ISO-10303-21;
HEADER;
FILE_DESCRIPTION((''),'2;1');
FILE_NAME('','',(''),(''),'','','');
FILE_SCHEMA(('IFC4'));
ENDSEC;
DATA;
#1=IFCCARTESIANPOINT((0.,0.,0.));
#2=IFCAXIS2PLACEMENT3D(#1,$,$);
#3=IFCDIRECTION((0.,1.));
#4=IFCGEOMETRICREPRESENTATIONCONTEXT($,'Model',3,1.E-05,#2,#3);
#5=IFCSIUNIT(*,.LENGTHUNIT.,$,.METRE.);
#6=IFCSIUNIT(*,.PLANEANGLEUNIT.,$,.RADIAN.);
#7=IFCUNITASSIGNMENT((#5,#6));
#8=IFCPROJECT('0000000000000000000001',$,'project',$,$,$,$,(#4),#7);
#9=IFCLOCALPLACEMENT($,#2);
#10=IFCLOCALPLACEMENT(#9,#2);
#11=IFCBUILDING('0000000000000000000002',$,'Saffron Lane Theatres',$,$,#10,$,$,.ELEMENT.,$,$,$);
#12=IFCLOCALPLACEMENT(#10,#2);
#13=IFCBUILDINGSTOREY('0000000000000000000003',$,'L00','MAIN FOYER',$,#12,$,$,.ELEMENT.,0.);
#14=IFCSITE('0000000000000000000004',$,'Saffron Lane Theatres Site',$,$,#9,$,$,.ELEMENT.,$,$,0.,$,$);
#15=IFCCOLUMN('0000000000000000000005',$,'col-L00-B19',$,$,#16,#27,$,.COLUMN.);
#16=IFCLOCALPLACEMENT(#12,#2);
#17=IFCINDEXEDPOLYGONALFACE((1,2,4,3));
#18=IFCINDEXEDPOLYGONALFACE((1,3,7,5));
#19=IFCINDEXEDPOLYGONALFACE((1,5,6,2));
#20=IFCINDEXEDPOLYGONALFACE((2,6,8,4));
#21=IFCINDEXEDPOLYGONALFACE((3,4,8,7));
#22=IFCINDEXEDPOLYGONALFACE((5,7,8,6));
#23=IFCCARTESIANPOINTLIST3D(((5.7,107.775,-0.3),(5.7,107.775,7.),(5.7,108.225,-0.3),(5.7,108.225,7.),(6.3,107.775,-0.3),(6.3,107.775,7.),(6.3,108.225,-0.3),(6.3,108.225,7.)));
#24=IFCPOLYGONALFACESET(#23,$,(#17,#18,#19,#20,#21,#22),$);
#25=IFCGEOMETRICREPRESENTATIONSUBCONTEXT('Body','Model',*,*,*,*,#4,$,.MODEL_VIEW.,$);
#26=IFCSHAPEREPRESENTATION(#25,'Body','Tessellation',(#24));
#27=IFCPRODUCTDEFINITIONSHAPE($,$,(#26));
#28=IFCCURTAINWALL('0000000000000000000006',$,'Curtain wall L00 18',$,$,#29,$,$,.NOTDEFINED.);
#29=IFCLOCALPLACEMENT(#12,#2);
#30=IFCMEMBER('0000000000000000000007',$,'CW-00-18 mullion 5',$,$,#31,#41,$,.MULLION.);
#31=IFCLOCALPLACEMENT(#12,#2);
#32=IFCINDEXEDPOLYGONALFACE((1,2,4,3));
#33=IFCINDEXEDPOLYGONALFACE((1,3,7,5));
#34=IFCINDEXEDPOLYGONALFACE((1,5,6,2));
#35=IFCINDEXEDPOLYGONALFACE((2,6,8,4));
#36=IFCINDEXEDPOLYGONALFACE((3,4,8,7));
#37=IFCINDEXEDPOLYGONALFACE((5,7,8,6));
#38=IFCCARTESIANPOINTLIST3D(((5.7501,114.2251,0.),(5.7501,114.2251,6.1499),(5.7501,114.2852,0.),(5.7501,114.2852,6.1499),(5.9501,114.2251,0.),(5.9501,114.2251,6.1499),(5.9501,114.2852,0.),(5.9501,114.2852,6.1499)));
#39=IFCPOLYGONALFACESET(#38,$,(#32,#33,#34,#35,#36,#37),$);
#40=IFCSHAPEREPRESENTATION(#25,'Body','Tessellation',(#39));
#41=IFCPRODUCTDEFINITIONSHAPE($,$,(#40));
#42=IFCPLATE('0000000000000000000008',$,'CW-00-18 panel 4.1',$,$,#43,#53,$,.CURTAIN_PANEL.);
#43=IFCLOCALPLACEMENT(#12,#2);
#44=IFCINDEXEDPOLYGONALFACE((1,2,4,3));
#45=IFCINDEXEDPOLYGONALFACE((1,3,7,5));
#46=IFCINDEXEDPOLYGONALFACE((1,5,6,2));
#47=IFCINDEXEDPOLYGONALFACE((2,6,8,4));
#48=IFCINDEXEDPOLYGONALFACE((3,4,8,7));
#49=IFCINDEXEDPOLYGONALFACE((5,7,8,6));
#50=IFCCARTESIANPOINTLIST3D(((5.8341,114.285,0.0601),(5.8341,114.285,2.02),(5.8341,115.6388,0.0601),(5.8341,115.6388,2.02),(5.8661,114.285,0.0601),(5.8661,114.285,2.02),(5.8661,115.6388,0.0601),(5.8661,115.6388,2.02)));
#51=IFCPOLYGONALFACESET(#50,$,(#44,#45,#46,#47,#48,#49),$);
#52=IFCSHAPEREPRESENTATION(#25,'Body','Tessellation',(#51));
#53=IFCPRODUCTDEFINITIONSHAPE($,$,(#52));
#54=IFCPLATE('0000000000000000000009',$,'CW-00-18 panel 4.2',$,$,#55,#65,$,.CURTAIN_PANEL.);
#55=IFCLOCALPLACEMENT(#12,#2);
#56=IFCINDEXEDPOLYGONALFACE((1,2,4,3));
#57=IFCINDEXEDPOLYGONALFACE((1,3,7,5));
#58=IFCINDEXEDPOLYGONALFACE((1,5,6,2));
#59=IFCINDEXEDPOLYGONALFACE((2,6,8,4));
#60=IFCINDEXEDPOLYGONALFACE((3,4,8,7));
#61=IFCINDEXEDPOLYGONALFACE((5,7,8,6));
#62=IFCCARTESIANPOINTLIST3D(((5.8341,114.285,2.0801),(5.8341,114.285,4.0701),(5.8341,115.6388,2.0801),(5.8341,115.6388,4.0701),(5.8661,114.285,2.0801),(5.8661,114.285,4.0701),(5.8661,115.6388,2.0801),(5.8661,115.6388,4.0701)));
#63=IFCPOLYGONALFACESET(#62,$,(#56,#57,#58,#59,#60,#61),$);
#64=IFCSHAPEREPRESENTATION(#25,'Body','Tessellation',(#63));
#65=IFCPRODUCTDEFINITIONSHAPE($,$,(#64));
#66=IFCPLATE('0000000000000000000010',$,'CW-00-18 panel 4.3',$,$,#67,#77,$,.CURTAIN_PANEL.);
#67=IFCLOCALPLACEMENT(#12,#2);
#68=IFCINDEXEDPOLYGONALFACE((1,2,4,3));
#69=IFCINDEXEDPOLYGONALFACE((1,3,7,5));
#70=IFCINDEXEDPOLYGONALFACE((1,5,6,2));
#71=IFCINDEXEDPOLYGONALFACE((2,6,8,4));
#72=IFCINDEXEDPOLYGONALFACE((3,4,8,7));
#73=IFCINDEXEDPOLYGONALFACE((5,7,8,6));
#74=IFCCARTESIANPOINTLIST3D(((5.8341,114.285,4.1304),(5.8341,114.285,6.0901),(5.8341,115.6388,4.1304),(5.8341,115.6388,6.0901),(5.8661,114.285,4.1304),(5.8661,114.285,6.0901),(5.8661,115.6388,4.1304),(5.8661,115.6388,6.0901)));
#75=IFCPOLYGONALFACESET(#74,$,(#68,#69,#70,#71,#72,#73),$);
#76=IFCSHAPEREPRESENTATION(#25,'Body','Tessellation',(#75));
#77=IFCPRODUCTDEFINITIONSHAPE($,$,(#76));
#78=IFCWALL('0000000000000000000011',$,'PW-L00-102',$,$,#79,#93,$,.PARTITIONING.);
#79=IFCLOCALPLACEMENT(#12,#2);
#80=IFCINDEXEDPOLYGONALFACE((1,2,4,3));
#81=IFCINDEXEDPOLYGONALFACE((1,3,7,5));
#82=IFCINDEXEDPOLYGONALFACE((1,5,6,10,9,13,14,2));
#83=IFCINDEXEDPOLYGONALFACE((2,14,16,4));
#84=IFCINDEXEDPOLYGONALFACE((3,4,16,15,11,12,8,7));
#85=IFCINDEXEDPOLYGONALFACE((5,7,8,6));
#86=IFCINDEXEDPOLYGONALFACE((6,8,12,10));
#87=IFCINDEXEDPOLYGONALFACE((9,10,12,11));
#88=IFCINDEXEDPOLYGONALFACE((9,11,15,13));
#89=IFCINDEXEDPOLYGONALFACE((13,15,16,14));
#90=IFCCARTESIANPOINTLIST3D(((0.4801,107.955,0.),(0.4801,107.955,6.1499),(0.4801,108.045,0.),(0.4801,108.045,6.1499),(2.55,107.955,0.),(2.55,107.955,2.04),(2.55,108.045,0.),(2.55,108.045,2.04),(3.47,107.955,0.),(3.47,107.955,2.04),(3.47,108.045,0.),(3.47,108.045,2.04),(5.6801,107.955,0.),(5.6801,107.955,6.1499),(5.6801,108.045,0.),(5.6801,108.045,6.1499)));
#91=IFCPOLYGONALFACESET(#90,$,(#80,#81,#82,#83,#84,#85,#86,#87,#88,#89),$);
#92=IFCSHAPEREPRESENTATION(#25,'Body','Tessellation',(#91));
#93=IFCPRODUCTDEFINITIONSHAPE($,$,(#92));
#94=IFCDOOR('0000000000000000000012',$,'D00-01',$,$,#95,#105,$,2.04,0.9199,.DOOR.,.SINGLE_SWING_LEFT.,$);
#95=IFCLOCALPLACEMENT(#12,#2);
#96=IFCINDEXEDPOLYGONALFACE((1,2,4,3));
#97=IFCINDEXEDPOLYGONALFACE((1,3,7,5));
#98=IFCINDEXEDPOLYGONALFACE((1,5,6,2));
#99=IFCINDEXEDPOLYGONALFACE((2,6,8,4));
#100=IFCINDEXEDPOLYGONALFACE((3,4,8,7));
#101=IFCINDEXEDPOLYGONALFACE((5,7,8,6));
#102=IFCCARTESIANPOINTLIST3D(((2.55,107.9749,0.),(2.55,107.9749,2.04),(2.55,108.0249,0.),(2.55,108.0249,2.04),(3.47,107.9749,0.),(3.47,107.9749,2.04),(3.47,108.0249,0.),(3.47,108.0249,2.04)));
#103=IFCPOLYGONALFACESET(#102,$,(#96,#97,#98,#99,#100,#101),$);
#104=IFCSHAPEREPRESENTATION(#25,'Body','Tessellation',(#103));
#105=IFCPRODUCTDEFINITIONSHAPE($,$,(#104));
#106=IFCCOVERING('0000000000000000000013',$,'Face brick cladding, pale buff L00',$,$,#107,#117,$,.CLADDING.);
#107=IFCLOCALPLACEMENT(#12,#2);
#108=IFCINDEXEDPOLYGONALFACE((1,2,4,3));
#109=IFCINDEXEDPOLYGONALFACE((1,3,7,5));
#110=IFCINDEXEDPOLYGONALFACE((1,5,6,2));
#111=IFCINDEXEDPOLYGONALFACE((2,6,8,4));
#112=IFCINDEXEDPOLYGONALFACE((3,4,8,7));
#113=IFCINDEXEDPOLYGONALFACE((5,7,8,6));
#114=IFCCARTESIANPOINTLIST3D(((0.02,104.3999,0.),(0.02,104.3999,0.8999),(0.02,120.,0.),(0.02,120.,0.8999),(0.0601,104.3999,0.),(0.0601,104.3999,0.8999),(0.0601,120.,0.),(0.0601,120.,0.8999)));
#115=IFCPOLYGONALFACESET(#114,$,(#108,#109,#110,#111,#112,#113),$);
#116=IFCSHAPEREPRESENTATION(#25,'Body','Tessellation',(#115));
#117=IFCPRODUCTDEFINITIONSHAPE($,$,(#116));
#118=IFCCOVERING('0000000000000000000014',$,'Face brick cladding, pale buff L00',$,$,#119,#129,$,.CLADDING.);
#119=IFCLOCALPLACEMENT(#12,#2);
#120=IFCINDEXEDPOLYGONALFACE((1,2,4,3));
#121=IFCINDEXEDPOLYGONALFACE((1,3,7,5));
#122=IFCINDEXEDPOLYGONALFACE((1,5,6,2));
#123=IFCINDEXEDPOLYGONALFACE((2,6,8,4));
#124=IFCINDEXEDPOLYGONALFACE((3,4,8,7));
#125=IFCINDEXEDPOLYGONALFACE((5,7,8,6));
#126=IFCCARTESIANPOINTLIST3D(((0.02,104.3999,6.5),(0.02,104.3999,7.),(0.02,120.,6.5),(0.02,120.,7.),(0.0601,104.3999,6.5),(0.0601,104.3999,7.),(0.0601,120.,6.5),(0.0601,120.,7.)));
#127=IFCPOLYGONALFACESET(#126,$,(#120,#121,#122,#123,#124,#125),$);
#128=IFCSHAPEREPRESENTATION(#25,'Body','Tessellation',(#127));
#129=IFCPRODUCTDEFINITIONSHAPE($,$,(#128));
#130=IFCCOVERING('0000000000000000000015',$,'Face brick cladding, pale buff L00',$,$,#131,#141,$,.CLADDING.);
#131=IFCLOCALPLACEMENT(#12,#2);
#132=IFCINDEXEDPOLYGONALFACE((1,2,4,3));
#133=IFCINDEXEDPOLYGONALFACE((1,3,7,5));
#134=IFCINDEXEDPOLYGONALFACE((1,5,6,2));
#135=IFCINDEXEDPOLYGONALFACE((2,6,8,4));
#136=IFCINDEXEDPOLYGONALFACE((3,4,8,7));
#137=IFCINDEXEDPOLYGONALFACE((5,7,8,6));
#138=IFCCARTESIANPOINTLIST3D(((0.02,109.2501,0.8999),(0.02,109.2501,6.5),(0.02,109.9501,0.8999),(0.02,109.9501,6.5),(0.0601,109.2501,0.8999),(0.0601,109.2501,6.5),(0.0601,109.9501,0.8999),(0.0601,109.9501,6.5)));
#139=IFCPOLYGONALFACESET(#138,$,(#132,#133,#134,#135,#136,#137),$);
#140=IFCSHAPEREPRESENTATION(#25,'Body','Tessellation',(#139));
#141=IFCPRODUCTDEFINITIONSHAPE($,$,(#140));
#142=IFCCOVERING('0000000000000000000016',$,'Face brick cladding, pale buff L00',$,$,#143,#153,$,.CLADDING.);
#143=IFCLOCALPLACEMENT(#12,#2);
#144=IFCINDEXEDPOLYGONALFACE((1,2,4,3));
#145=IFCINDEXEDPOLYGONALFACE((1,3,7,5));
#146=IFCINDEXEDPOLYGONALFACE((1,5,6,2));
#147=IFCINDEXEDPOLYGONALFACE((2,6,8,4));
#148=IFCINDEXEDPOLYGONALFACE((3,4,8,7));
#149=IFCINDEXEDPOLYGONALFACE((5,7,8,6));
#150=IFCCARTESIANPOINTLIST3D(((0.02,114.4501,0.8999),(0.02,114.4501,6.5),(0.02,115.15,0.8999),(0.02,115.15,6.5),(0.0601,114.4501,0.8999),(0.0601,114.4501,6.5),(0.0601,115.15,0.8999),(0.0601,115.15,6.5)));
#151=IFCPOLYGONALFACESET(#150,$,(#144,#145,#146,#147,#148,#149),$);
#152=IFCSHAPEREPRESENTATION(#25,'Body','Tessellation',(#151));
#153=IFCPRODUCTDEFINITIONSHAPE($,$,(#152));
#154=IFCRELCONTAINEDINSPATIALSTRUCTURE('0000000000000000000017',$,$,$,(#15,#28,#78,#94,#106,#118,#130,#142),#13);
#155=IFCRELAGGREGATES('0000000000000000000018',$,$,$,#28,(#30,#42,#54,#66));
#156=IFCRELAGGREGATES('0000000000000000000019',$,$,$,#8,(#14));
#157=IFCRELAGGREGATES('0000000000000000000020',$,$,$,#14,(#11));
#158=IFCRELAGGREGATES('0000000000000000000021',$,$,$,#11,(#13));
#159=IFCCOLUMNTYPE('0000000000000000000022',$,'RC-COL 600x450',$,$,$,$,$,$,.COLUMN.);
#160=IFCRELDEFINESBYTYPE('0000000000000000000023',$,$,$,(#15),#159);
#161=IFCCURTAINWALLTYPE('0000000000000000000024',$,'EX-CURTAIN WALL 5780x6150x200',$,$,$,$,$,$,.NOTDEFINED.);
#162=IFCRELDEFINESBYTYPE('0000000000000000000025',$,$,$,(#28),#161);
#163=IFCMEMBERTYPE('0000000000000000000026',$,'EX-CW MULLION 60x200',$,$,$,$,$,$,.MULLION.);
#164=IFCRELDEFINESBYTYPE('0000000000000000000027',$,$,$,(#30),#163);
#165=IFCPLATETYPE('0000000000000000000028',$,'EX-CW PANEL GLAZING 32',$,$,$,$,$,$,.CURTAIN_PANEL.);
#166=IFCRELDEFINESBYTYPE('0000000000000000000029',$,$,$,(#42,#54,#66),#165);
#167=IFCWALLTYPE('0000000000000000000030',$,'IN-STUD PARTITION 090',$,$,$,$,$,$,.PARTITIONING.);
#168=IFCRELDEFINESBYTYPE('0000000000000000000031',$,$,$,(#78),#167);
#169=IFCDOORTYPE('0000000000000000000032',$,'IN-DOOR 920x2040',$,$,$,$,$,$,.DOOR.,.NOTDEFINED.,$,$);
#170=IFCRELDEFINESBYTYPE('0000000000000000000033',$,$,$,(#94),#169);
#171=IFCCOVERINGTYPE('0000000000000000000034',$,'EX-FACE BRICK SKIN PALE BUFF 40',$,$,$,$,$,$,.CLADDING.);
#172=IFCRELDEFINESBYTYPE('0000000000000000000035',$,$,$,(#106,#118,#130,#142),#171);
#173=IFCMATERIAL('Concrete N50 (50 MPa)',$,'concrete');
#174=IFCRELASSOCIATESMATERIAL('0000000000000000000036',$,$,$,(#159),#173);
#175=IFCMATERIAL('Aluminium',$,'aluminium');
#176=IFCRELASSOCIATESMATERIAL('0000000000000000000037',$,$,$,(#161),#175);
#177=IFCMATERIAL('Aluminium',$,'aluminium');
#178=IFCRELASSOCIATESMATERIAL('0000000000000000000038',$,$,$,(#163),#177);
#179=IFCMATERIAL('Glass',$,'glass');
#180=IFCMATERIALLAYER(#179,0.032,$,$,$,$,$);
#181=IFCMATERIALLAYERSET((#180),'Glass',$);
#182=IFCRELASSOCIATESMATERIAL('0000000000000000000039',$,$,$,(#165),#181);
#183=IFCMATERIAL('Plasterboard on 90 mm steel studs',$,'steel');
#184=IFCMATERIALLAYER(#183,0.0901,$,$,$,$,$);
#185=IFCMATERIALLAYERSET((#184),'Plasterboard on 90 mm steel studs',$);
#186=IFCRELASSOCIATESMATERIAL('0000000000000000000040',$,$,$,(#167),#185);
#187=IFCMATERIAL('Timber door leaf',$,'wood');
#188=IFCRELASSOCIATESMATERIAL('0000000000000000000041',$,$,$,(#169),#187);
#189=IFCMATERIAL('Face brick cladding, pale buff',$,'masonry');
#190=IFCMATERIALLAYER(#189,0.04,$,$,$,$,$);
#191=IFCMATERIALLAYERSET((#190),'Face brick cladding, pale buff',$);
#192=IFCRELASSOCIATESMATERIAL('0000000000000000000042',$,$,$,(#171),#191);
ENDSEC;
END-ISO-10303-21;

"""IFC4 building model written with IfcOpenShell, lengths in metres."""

from ifc_helpers import new_model, si_unit, direction, frame, frame_2d, origin, origin_2d, place, context, subcontext, project, spatial, rectangle, extrude, material, layer, layer_set, material_profile, profile_set, type_object, element, fill, aggregate, save


model = new_model("IFC4")

# Units and contexts
model_context = context("Model", 3, precision=1e-05, world=origin(), true_north=direction((0.0, 1.0)))
body_context = subcontext(model_context, "Body", "Model", "MODEL_VIEW")
ifc_project = project(units=[si_unit("LENGTHUNIT", "METRE"), si_unit("PLANEANGLEUNIT", "RADIAN")], contexts=[model_context])

# Site, building, storey
site_placement = place(None, origin())
site = spatial("IfcSite", under=ifc_project, at=site_placement, Name="Saffron Lane Theatres Site", CompositionType="ELEMENT", RefElevation=0.0)
building_placement = place(site_placement, origin())
building = spatial("IfcBuilding", under=site, at=building_placement, Name="Saffron Lane Theatres", CompositionType="ELEMENT")
storey_placement = place(building_placement, origin())
storey = spatial("IfcBuildingStorey", under=building, at=storey_placement, Name="L00", Description="MAIN FOYER", CompositionType="ELEMENT", Elevation=0.0)

# Column
ifc_material_1 = material(Name="Concrete N50 (50 MPa)", Category="concrete")
ifc_material_profile_1 = material_profile(ifc_material_1, rectangle(XDim=0.6001, YDim=0.45, at=origin_2d()))
ifc_profile_set_1 = profile_set([ifc_material_profile_1], Name="Concrete N50 (50 MPa)")
column_type = type_object("IfcColumnType", Name="RC-COL 600x450", PredefinedType="COLUMN", material=ifc_profile_set_1)
column_placement = place(storey_placement, frame((6.0, 108.0, -0.3), z_axis=(0.0, 0.0, 1.0), x_axis=(1.0, 0.0, 0.0)))
element("IfcColumn", 1, at=column_placement, inside=storey, type_object=column_type, Name="col-L00-B19", PredefinedType="COLUMN", context=body_context, shape_type="SweptSolid", body=[
    extrude(rectangle(XDim=0.6001, YDim=0.45, at=origin_2d()), origin(), (0.0, 0.0, 1.0), 7.3),
])

# Curtain wall, member, plates
ifc_material_2 = material(Name="Aluminium", Category="aluminium")
curtain_wall_type = type_object("IfcCurtainWallType", Name="EX-CURTAIN WALL 5780x6150x200", PredefinedType="NOTDEFINED", material=ifc_material_2)
curtain_wall_placement = place(storey_placement, origin())
curtain_wall = element("IfcCurtainWall", 2, at=curtain_wall_placement, inside=storey, type_object=curtain_wall_type, Name="Curtain wall L00 18", PredefinedType="NOTDEFINED")
ifc_material_3 = material(Name="Aluminium", Category="aluminium")
ifc_material_profile_2 = material_profile(ifc_material_3, rectangle(XDim=0.0601, YDim=0.2, at=origin_2d()))
ifc_profile_set_2 = profile_set([ifc_material_profile_2], Name="Aluminium")
member_type = type_object("IfcMemberType", Name="EX-CW MULLION 60x200", PredefinedType="MULLION", material=ifc_profile_set_2)
member_placement = place(storey_placement, frame((5.8501, 114.2551, 0.0), z_axis=(0.0, 0.0, 1.0), x_axis=(0.0, -1.0, 0.0)))
member = element("IfcMember", 3, at=member_placement, type_object=member_type, Name="CW-00-18 mullion 5", PredefinedType="MULLION", context=body_context, shape_type="SweptSolid", body=[
    extrude(rectangle(XDim=0.0601, YDim=0.2, at=origin_2d()), origin(), (0.0, 0.0, 1.0), 6.1499),
])
ifc_material_4 = material(Name="Glass", Category="glass")
ifc_layer_1 = layer(ifc_material_4, 0.032)
ifc_layer_set_1 = layer_set([ifc_layer_1], Name="Glass")
plate_type = type_object("IfcPlateType", Name="EX-CW PANEL GLAZING 32", PredefinedType="CURTAIN_PANEL", material=ifc_layer_set_1)
plate_1_placement = place(storey_placement, frame((5.8501, 114.9619, 0.0601), z_axis=(0.0, 0.0, 1.0), x_axis=(0.0, -1.0, 0.0)))
plate_1 = element("IfcPlate", 4, at=plate_1_placement, type_object=plate_type, Name="CW-00-18 panel 4.1", PredefinedType="CURTAIN_PANEL", context=body_context, shape_type="SweptSolid", body=[
    extrude(rectangle(XDim=1.3538, YDim=0.032, at=origin_2d()), origin(), (0.0, 0.0, 1.0), 1.96),
])
plate_2_placement = place(storey_placement, frame((5.8501, 114.9619, 2.0801), z_axis=(0.0, 0.0, 1.0), x_axis=(0.0, -1.0, 0.0)))
plate_2 = element("IfcPlate", 5, at=plate_2_placement, type_object=plate_type, Name="CW-00-18 panel 4.2", PredefinedType="CURTAIN_PANEL", context=body_context, shape_type="SweptSolid", body=[
    extrude(rectangle(XDim=1.3538, YDim=0.032, at=origin_2d()), origin(), (0.0, 0.0, 1.0), 1.99),
])
plate_3_placement = place(storey_placement, frame((5.8501, 114.9619, 4.1304), z_axis=(0.0, 0.0, 1.0), x_axis=(0.0, -1.0, 0.0)))
plate_3 = element("IfcPlate", 6, at=plate_3_placement, type_object=plate_type, Name="CW-00-18 panel 4.3", PredefinedType="CURTAIN_PANEL", context=body_context, shape_type="SweptSolid", body=[
    extrude(rectangle(XDim=1.3538, YDim=0.032, at=origin_2d()), origin(), (0.0, 0.0, 1.0), 1.9597),
])
aggregate(curtain_wall, [member, plate_1, plate_2, plate_3])

# Wall, opening, door
ifc_material_5 = material(Name="Plasterboard on 90 mm steel studs", Category="steel")
ifc_layer_2 = layer(ifc_material_5, 0.0901)
ifc_layer_set_2 = layer_set([ifc_layer_2], Name="Plasterboard on 90 mm steel studs")
wall_type_1 = type_object("IfcWallType", Name="IN-STUD PARTITION 090", PredefinedType="PARTITIONING", material=ifc_layer_set_2)
wall_1_placement = place(storey_placement, frame((0.48, 108.0, 0.0), z_axis=(0.0, 0.0, 1.0), x_axis=(1.0, 0.0, 0.0)))
wall_1 = element("IfcWall", 7, at=wall_1_placement, inside=storey, type_object=wall_type_1, Name="PW-L00-102", PredefinedType="PARTITIONING", context=body_context, shape_type="SweptSolid", body=[
    extrude(rectangle(XDim=5.2, YDim=0.0901, at=frame_2d((2.6001, 0.0))), origin(), (0.0, 0.0, 1.0), 6.1499),
])
opening_1_placement = place(wall_1_placement, frame((2.0701, 0.0, 0.0)))
opening_1 = element("IfcOpeningElement", 8, at=opening_1_placement, cuts=wall_1, PredefinedType="OPENING", context=body_context, shape_type="SweptSolid", body=[
    extrude(rectangle(XDim=0.9199, YDim=2.04, at=frame_2d((0.46, 1.02))), frame((0.0, 0.0552, 0.0), z_axis=(0.0, -1.0, 0.0), x_axis=(1.0, 0.0, 0.0)), (0.0, 0.0, 1.0), 0.1101),
])
ifc_material_6 = material(Name="Timber door leaf", Category="wood")
door_type_1 = type_object("IfcDoorType", Name="IN-DOOR 920x2040", OperationType="NOTDEFINED", PredefinedType="DOOR", material=ifc_material_6)
door_1_placement = place(opening_1_placement, origin())
door_1 = element("IfcDoor", 9, at=door_1_placement, inside=storey, type_object=door_type_1, Name="D00-01", OperationType="SINGLE_SWING_LEFT", OverallHeight=2.04, OverallWidth=0.9199, PredefinedType="DOOR", context=body_context, shape_type="SweptSolid", body=[
    extrude(rectangle(XDim=0.9199, YDim=2.04, at=frame_2d((0.46, 1.02))), frame((0.0, 0.0249, 0.0), z_axis=(0.0, -1.0, 0.0), x_axis=(1.0, 0.0, 0.0)), (0.0, 0.0, 1.0), 0.05),
])
fill(opening_1, door_1)

# Coverings
ifc_material_7 = material(Name="Face brick cladding, pale buff", Category="masonry")
ifc_layer_3 = layer(ifc_material_7, 0.04)
ifc_layer_set_3 = layer_set([ifc_layer_3], Name="Face brick cladding, pale buff")
covering_type_1 = type_object("IfcCoveringType", Name="EX-FACE BRICK SKIN PALE BUFF 40", PredefinedType="CLADDING", material=ifc_layer_set_3)
covering_1_placement = place(storey_placement, frame((0.04, 112.2, 0.0), z_axis=(0.0, 0.0, 1.0), x_axis=(0.0, 1.0, 0.0)))
element("IfcCovering", 10, at=covering_1_placement, inside=storey, type_object=covering_type_1, Name="Face brick cladding, pale buff L00", PredefinedType="CLADDING", context=body_context, shape_type="SweptSolid", body=[
    extrude(rectangle(XDim=15.6001, YDim=0.04, at=origin_2d()), origin(), (0.0, 0.0, 1.0), 0.8999),
])
covering_2_placement = place(storey_placement, frame((0.04, 112.2, 6.5), z_axis=(0.0, 0.0, 1.0), x_axis=(0.0, 1.0, 0.0)))
element("IfcCovering", 11, at=covering_2_placement, inside=storey, type_object=covering_type_1, Name="Face brick cladding, pale buff L00", PredefinedType="CLADDING", context=body_context, shape_type="SweptSolid", body=[
    extrude(rectangle(XDim=15.6001, YDim=0.04, at=origin_2d()), origin(), (0.0, 0.0, 1.0), 0.5),
])
for number, where, z_axis, x_axis, name in (
    (12, (0.04, 109.6001, 0.8999), (0.0, 0.0, 1.0), (0.0, 1.0, 0.0), "Face brick cladding, pale buff L00"),
    (13, (0.04, 114.8, 0.8999), (0.0, 0.0, 1.0), (0.0, 1.0, 0.0), "Face brick cladding, pale buff L00"),
):
    element("IfcCovering", number, at=place(storey_placement, frame(where, z_axis=z_axis, x_axis=x_axis)), inside=storey, type_object=covering_type_1, Name=name, PredefinedType="CLADDING", context=body_context, shape_type="SweptSolid", body=[
        extrude(rectangle(XDim=0.7, YDim=0.04, at=origin_2d()), origin(), (0.0, 0.0, 1.0), 5.6001),
    ])

save(model, "model.ifc")
